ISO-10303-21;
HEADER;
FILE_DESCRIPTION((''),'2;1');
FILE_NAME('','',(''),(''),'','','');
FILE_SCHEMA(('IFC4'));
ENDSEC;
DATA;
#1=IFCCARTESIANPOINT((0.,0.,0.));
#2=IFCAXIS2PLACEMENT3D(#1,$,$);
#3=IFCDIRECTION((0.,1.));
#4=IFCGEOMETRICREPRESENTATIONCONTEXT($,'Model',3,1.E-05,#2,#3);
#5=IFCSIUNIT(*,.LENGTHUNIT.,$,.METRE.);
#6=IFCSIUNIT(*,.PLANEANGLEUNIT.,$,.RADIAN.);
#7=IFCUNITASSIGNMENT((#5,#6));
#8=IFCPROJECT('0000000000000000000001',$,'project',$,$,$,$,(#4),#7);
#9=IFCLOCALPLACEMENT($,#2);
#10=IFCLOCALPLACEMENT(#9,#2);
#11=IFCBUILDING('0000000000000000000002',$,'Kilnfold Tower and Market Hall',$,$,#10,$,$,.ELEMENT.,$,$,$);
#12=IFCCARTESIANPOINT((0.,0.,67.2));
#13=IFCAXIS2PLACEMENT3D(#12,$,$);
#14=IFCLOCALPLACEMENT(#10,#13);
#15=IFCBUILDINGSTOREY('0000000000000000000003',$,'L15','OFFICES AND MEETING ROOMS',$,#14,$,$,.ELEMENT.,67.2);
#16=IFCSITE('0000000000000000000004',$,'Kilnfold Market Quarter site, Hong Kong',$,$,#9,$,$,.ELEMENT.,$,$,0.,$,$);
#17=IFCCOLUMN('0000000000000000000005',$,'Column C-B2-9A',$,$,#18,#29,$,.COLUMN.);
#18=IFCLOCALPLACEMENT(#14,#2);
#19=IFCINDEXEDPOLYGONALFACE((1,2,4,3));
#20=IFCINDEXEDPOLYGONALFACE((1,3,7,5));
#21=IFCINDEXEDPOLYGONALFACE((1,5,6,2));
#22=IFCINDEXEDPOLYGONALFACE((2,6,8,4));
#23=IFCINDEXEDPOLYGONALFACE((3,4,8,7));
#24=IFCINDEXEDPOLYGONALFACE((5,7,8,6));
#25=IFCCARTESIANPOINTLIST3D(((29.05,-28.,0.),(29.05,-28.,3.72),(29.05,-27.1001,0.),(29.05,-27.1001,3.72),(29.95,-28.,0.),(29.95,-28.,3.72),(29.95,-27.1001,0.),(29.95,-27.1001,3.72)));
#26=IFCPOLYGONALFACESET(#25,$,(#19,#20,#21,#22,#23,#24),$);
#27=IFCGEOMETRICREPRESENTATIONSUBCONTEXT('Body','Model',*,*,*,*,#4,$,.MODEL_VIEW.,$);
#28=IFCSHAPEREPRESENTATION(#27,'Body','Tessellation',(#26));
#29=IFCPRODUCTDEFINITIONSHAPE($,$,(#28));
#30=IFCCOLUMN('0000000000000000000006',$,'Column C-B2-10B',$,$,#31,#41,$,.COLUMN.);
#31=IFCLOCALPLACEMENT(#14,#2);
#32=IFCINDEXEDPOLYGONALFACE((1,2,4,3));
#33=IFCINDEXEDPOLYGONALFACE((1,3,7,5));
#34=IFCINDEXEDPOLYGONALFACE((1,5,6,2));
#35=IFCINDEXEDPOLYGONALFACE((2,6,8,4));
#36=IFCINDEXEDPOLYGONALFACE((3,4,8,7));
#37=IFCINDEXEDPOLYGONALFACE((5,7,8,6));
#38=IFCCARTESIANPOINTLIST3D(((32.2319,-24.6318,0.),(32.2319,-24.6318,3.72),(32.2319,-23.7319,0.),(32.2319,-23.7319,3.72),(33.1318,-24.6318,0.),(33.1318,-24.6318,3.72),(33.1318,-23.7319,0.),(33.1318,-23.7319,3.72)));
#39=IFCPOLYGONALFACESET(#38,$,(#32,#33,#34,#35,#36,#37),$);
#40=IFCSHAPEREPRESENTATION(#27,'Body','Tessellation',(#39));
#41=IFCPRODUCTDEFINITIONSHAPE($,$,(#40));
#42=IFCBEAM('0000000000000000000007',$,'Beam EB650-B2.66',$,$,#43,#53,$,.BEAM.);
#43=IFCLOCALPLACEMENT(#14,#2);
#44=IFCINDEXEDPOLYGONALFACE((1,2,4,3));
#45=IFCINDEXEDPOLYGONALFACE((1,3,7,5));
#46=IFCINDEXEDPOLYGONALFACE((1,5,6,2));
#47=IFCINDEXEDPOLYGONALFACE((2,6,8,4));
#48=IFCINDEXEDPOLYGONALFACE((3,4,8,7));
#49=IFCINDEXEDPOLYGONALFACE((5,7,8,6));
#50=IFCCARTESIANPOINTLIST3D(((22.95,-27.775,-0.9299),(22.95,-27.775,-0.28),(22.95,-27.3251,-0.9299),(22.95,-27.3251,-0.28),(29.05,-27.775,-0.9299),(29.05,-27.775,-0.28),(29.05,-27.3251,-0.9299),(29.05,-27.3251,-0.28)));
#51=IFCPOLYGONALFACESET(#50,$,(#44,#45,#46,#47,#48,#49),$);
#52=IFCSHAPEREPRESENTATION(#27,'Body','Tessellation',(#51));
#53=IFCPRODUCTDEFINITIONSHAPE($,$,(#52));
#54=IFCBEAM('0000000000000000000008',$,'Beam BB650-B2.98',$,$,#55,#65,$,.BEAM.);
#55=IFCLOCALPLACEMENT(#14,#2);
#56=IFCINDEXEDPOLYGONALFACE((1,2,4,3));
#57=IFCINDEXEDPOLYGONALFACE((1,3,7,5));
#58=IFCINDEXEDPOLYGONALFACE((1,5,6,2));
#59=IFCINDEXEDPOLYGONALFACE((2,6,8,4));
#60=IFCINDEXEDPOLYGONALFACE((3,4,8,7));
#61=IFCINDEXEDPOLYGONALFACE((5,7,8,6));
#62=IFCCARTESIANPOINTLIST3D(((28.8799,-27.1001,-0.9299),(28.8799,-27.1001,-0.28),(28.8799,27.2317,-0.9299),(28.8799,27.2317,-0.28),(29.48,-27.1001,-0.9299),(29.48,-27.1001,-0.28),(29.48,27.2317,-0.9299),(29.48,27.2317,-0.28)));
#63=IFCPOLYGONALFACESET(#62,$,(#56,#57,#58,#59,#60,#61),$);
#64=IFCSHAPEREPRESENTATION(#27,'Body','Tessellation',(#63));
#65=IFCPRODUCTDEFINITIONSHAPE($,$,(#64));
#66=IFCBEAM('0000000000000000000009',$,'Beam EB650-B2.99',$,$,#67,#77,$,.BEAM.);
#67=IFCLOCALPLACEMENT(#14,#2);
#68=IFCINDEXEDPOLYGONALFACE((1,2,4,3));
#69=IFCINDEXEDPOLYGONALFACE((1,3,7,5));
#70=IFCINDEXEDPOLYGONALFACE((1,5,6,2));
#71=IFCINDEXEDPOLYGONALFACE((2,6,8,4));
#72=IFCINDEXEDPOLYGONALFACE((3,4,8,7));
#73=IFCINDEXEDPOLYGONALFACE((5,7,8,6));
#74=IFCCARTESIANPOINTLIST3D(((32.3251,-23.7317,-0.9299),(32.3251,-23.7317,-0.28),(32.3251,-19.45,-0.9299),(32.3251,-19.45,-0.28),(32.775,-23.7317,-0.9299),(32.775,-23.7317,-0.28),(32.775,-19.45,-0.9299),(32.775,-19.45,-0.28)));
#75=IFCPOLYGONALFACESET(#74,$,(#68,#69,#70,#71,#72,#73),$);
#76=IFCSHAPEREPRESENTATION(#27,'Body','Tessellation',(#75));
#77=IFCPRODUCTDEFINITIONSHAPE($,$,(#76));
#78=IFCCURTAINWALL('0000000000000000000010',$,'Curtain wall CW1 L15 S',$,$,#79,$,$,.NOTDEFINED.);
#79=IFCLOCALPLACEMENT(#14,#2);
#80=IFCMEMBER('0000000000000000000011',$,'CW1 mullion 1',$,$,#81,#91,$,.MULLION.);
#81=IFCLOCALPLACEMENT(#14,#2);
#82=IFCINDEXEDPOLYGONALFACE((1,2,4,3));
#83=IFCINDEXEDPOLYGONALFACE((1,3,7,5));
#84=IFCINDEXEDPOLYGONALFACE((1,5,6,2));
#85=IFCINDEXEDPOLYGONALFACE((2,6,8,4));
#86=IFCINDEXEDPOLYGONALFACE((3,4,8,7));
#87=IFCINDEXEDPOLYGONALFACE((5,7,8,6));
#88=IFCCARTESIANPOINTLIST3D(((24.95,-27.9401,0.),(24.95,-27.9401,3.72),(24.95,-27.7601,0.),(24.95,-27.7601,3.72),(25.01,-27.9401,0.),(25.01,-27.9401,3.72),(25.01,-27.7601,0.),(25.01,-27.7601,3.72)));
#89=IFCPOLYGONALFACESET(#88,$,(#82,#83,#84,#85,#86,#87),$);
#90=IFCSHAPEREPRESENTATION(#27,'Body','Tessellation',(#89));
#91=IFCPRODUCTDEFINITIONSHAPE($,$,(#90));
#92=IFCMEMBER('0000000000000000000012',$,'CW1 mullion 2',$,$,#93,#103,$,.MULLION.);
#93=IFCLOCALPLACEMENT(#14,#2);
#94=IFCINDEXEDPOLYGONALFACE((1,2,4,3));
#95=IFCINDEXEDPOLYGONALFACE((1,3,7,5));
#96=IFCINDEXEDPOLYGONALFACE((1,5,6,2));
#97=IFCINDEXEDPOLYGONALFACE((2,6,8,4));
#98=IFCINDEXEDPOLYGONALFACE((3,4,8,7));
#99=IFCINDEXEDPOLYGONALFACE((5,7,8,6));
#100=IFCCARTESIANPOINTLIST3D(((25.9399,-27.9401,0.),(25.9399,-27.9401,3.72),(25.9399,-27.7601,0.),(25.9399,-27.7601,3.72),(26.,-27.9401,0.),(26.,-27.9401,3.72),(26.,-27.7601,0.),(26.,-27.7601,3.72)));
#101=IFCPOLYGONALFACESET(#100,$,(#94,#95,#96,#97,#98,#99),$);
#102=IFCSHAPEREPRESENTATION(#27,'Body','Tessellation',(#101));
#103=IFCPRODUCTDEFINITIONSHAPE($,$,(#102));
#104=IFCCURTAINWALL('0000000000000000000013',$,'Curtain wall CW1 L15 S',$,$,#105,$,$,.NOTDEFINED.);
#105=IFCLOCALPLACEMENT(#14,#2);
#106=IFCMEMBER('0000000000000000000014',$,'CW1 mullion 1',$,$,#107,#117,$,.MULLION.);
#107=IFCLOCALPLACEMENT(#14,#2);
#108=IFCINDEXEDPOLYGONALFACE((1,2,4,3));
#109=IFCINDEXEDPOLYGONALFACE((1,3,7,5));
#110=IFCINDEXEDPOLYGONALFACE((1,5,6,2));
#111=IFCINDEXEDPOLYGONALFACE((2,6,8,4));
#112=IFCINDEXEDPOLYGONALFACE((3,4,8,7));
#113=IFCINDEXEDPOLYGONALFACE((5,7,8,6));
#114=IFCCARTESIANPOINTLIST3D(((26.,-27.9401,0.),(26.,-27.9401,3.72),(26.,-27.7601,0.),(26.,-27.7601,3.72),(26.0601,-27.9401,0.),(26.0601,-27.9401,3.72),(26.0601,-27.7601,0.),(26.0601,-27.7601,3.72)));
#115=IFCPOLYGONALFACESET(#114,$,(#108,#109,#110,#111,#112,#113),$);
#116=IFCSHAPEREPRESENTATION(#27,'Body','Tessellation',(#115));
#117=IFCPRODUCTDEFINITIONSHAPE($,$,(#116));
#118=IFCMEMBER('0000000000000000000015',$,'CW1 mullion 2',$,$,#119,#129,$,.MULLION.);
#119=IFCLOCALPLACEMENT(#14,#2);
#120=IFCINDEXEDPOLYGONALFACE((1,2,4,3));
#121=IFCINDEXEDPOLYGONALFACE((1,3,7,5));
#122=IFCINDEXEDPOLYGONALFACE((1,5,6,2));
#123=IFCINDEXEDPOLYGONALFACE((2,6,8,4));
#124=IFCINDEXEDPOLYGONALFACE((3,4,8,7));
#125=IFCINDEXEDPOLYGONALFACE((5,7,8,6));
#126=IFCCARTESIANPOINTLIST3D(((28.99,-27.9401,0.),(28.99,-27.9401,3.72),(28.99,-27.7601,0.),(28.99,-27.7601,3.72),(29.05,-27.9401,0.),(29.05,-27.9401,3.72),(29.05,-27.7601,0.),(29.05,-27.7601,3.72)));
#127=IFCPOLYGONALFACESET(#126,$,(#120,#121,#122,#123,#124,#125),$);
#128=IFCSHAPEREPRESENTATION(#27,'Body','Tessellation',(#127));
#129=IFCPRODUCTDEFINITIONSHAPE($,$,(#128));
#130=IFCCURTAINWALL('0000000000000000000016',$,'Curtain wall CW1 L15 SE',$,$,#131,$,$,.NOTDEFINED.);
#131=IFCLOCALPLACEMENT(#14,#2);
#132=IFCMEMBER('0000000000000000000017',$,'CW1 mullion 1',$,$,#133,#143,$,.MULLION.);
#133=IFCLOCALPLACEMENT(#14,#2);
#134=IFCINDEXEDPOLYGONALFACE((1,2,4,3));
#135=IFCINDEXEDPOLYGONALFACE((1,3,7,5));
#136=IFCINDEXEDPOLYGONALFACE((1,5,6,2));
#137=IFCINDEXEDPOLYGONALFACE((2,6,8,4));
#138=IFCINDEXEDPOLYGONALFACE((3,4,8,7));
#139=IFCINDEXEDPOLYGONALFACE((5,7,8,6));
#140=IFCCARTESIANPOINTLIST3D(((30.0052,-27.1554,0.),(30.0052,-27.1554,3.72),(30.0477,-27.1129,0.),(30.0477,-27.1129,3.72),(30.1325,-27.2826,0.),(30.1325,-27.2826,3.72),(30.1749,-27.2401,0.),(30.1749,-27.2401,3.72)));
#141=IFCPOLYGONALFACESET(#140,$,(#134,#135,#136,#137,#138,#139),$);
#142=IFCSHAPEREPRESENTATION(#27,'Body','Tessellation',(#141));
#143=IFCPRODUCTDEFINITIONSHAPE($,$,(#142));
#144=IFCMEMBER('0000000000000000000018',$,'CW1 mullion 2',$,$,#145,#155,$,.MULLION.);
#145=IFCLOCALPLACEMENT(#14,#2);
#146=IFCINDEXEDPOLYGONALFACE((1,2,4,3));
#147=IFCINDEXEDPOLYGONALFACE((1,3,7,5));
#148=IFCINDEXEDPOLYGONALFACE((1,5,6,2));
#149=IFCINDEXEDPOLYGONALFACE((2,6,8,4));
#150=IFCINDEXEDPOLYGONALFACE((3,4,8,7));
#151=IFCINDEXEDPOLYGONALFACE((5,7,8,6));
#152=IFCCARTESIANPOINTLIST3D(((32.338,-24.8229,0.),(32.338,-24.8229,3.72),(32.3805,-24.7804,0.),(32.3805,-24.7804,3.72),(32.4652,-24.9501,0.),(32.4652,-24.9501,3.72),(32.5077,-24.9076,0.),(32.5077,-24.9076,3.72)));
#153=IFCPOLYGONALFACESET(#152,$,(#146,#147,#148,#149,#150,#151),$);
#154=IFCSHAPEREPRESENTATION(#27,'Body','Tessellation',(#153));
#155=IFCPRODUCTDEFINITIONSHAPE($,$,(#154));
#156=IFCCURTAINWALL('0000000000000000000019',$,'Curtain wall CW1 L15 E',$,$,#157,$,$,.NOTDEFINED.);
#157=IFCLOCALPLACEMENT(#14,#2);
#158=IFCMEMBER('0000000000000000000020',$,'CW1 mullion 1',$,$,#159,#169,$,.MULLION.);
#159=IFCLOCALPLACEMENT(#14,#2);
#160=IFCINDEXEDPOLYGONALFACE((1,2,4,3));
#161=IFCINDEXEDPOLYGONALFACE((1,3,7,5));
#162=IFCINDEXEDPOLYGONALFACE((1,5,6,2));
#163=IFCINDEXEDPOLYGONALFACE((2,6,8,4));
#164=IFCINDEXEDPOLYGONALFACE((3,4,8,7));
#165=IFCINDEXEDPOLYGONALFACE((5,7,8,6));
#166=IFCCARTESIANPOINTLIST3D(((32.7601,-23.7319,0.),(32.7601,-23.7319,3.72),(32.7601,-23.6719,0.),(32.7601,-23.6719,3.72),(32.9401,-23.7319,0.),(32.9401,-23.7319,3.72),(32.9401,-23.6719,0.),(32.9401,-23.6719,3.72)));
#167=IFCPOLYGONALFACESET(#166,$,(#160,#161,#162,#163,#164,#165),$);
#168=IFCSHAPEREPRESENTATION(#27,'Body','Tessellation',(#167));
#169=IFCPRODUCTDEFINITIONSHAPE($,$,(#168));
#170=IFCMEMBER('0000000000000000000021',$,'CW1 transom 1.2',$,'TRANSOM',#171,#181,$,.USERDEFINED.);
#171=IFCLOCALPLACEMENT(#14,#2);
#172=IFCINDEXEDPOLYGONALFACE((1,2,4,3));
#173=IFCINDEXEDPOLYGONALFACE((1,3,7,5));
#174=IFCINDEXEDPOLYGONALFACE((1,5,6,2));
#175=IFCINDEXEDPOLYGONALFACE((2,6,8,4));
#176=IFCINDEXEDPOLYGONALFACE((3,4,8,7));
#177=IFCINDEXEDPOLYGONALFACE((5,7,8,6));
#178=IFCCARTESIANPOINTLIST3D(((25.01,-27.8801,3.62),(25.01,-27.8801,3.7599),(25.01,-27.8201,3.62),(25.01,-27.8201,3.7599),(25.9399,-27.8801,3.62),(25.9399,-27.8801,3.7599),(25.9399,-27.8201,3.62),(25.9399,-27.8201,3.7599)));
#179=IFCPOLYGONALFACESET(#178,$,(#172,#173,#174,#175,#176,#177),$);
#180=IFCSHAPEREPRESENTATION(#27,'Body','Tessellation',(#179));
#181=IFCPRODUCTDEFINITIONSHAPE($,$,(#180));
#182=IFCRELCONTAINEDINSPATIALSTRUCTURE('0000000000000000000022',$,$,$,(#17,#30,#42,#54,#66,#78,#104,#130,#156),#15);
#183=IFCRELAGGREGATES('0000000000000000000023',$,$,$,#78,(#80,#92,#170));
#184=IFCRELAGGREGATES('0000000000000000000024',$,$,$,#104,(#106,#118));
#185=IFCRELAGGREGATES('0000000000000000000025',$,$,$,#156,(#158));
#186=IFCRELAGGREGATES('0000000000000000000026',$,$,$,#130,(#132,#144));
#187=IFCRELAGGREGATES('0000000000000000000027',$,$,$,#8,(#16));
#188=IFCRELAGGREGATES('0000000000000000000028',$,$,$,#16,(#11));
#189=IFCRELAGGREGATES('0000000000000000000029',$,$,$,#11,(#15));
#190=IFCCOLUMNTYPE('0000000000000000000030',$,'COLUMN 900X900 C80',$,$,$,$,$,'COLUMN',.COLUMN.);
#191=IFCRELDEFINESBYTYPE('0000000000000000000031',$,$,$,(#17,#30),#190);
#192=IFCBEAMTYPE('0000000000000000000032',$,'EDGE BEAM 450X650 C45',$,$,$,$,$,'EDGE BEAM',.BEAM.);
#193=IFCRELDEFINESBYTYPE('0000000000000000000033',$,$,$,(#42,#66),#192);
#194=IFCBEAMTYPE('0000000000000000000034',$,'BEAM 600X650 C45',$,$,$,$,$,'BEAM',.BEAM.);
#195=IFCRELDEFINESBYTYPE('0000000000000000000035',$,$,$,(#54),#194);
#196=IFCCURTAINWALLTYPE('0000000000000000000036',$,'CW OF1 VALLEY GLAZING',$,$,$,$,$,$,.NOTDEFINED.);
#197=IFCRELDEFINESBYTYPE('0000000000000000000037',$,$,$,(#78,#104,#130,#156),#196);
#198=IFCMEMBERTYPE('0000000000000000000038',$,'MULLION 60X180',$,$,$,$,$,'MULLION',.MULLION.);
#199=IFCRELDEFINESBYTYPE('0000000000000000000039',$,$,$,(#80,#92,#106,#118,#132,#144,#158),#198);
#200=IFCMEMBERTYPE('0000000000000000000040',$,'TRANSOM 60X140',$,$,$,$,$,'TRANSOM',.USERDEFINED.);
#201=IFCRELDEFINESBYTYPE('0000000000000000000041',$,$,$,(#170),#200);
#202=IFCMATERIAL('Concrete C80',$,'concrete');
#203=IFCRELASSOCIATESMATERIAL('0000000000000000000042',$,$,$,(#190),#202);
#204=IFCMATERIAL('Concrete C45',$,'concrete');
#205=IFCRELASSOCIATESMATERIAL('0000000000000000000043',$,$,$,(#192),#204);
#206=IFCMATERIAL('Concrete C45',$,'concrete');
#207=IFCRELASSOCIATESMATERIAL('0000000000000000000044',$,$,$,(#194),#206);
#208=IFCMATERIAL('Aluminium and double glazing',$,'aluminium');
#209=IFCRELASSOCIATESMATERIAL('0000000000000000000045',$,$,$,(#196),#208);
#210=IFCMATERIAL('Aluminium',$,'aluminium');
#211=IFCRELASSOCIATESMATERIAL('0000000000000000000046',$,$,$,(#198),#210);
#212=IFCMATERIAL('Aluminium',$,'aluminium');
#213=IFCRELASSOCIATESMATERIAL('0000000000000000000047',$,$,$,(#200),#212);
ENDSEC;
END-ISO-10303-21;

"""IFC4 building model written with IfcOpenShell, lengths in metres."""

from ifc_helpers import new_model, si_unit, direction, frame, origin, origin_2d, place, context, subcontext, project, spatial, rectangle, extrude, source, transform, mapped, material, material_profile, profile_set, type_object, element, aggregate, save


model = new_model("IFC4")

# Units and contexts
model_context = context("Model", 3, precision=1e-05, world=origin(), true_north=direction((0.0, 1.0)))
body_context = subcontext(model_context, "Body", "Model", "MODEL_VIEW")
ifc_project = project(units=[si_unit("LENGTHUNIT", "METRE"), si_unit("PLANEANGLEUNIT", "RADIAN")], contexts=[model_context])

# Site, building, storey
site_placement = place(None, origin())
site = spatial("IfcSite", under=ifc_project, at=site_placement, Name="Kilnfold Market Quarter site, Hong Kong", CompositionType="ELEMENT", RefElevation=0.0)
building_placement = place(site_placement, origin())
building = spatial("IfcBuilding", under=site, at=building_placement, Name="Kilnfold Tower and Market Hall", CompositionType="ELEMENT")
storey_placement = place(building_placement, frame((0.0, 0.0, 67.2)))
storey = spatial("IfcBuildingStorey", under=building, at=storey_placement, Name="L15", Description="OFFICES AND MEETING ROOMS", CompositionType="ELEMENT", Elevation=67.2)

# Columns
ifc_material_1 = material(Name="Concrete C80", Category="concrete")
ifc_material_profile_1 = material_profile(ifc_material_1, rectangle(XDim=0.8999, YDim=0.8999, at=origin_2d()), Name="RC 900x900")
ifc_profile_set_1 = profile_set([ifc_material_profile_1], Name="Concrete C80")
column_type = type_object("IfcColumnType", Name="COLUMN 900X900 C80", ElementType="COLUMN", PredefinedType="COLUMN", material=ifc_profile_set_1)
shared_shape_1 = source(origin(), body_context, "Body", "SweptSolid", [
    extrude(rectangle(XDim=0.8999, YDim=0.8999, at=origin_2d()), origin(), (0.0, 0.0, 1.0), 3.72),
])
for number, where, z_axis, x_axis, name in (
    (1, (29.5, -27.55, 0.0), (0.0, 0.0, 1.0), (1.0, 0.0, 0.0), "Column C-B2-9A"),
    (2, (32.6819, -24.1819, 0.0), (0.0, 0.0, 1.0), (1.0, 0.0, 0.0), "Column C-B2-10B"),
):
    element("IfcColumn", number, at=place(storey_placement, frame(where, z_axis=z_axis, x_axis=x_axis)), inside=storey, type_object=column_type, Name=name, PredefinedType="COLUMN", context=body_context, shape_type="MappedRepresentation", body=[
        mapped(shared_shape_1, transform((0.0, 0.0, 0.0))),
    ])

# Beams
ifc_material_2 = material(Name="Concrete C45", Category="concrete")
ifc_material_profile_2 = material_profile(ifc_material_2, rectangle(XDim=0.45, YDim=0.6499, at=origin_2d()), Name="RC 450x650")
ifc_profile_set_2 = profile_set([ifc_material_profile_2], Name="Concrete C45")
beam_type_1 = type_object("IfcBeamType", Name="EDGE BEAM 450X650 C45", ElementType="EDGE BEAM", PredefinedType="BEAM", material=ifc_profile_set_2)
shared_shape_2 = source(origin(), body_context, "Body", "SweptSolid", [
    extrude(rectangle(XDim=0.45, YDim=0.6499, at=origin_2d()), origin(), (0.0, 0.0, 1.0), 6.1001),
])
beam_1_placement = place(storey_placement, frame((22.95, -27.55, -0.605), z_axis=(1.0, 0.0, 0.0), x_axis=(0.0, 1.0, 0.0)))
element("IfcBeam", 3, at=beam_1_placement, inside=storey, type_object=beam_type_1, Name="Beam EB650-B2.66", PredefinedType="BEAM", context=body_context, shape_type="MappedRepresentation", body=[
    mapped(shared_shape_2, transform((0.0, 0.0, 0.0))),
])
ifc_material_3 = material(Name="Concrete C45", Category="concrete")
ifc_material_profile_3 = material_profile(ifc_material_3, rectangle(XDim=0.6001, YDim=0.6499, at=origin_2d()), Name="RC 600x650")
ifc_profile_set_3 = profile_set([ifc_material_profile_3], Name="Concrete C45")
beam_type_2 = type_object("IfcBeamType", Name="BEAM 600X650 C45", ElementType="BEAM", PredefinedType="BEAM", material=ifc_profile_set_3)
shared_shape_3 = source(origin(), body_context, "Body", "SweptSolid", [
    extrude(rectangle(XDim=0.6001, YDim=0.6499, at=origin_2d()), origin(), (0.0, 0.0, 1.0), 54.3318),
])
beam_2_placement = place(storey_placement, frame((29.1799, -27.1001, -0.605), z_axis=(0.0, 1.0, 0.0), x_axis=(-1.0, 0.0, 0.0)))
element("IfcBeam", 4, at=beam_2_placement, inside=storey, type_object=beam_type_2, Name="Beam BB650-B2.98", PredefinedType="BEAM", context=body_context, shape_type="MappedRepresentation", body=[
    mapped(shared_shape_3, transform((0.0, 0.0, 0.0))),
])
shared_shape_4 = source(origin(), body_context, "Body", "SweptSolid", [
    extrude(rectangle(XDim=0.45, YDim=0.6499, at=origin_2d()), origin(), (0.0, 0.0, 1.0), 4.2817),
])
beam_3_placement = place(storey_placement, frame((32.55, -23.7317, -0.605), z_axis=(0.0, 1.0, 0.0), x_axis=(-1.0, 0.0, 0.0)))
element("IfcBeam", 5, at=beam_3_placement, inside=storey, type_object=beam_type_1, Name="Beam EB650-B2.99", PredefinedType="BEAM", context=body_context, shape_type="MappedRepresentation", body=[
    mapped(shared_shape_4, transform((0.0, 0.0, 0.0))),
])

# Curtain walls, members
ifc_material_4 = material(Name="Aluminium and double glazing", Category="aluminium")
curtain_wall_type = type_object("IfcCurtainWallType", Name="CW OF1 VALLEY GLAZING", PredefinedType="NOTDEFINED", material=ifc_material_4)
curtain_wall_1_placement = place(storey_placement, origin())
curtain_wall_1 = element("IfcCurtainWall", 6, at=curtain_wall_1_placement, inside=storey, type_object=curtain_wall_type, Name="Curtain wall CW1 L15 S", PredefinedType="NOTDEFINED")
ifc_material_5 = material(Name="Aluminium", Category="aluminium")
ifc_material_profile_4 = material_profile(ifc_material_5, rectangle(XDim=0.0601, YDim=0.1799, at=origin_2d()), Name="MULLION 60x180")
ifc_profile_set_4 = profile_set([ifc_material_profile_4], Name="Aluminium")
member_type_1 = type_object("IfcMemberType", Name="MULLION 60X180", ElementType="MULLION", PredefinedType="MULLION", material=ifc_profile_set_4)
shared_shape_5 = source(origin(), body_context, "Body", "SweptSolid", [
    extrude(rectangle(XDim=0.0601, YDim=0.1799, at=origin_2d()), origin(), (0.0, 0.0, 1.0), 3.72),
])
member_1_placement = place(storey_placement, frame((24.98, -27.8501, 0.0), z_axis=(0.0, 0.0, 1.0), x_axis=(1.0, 0.0, 0.0)))
member_1 = element("IfcMember", 7, at=member_1_placement, type_object=member_type_1, Name="CW1 mullion 1", PredefinedType="MULLION", context=body_context, shape_type="MappedRepresentation", body=[
    mapped(shared_shape_5, transform((0.0, 0.0, 0.0))),
])
member_2_placement = place(storey_placement, frame((25.97, -27.8501, 0.0), z_axis=(0.0, 0.0, 1.0), x_axis=(1.0, 0.0, 0.0)))
member_2 = element("IfcMember", 8, at=member_2_placement, type_object=member_type_1, Name="CW1 mullion 2", PredefinedType="MULLION", context=body_context, shape_type="MappedRepresentation", body=[
    mapped(shared_shape_5, transform((0.0, 0.0, 0.0))),
])
curtain_wall_2_placement = place(storey_placement, origin())
curtain_wall_2 = element("IfcCurtainWall", 9, at=curtain_wall_2_placement, inside=storey, type_object=curtain_wall_type, Name="Curtain wall CW1 L15 S", PredefinedType="NOTDEFINED")
member_3_placement = place(storey_placement, frame((26.03, -27.8501, 0.0), z_axis=(0.0, 0.0, 1.0), x_axis=(1.0, 0.0, 0.0)))
member_3 = element("IfcMember", 10, at=member_3_placement, type_object=member_type_1, Name="CW1 mullion 1", PredefinedType="MULLION", context=body_context, shape_type="MappedRepresentation", body=[
    mapped(shared_shape_5, transform((0.0, 0.0, 0.0))),
])
member_4_placement = place(storey_placement, frame((29.02, -27.8501, 0.0), z_axis=(0.0, 0.0, 1.0), x_axis=(1.0, 0.0, 0.0)))
member_4 = element("IfcMember", 11, at=member_4_placement, type_object=member_type_1, Name="CW1 mullion 2", PredefinedType="MULLION", context=body_context, shape_type="MappedRepresentation", body=[
    mapped(shared_shape_5, transform((0.0, 0.0, 0.0))),
])
curtain_wall_3_placement = place(storey_placement, origin())
curtain_wall_3 = element("IfcCurtainWall", 12, at=curtain_wall_3_placement, inside=storey, type_object=curtain_wall_type, Name="Curtain wall CW1 L15 SE", PredefinedType="NOTDEFINED")
member_5_placement = place(storey_placement, frame((30.0901, -27.1978, 0.0), z_axis=(0.0, 0.0, 1.0), x_axis=(0.707122, 0.707092, 0.0)))
member_5 = element("IfcMember", 13, at=member_5_placement, type_object=member_type_1, Name="CW1 mullion 1", PredefinedType="MULLION", context=body_context, shape_type="MappedRepresentation", body=[
    mapped(shared_shape_5, transform((0.0, 0.0, 0.0))),
])
member_6_placement = place(storey_placement, frame((32.4229, -24.8652, 0.0), z_axis=(0.0, 0.0, 1.0), x_axis=(0.707122, 0.707092, 0.0)))
member_6 = element("IfcMember", 14, at=member_6_placement, type_object=member_type_1, Name="CW1 mullion 2", PredefinedType="MULLION", context=body_context, shape_type="MappedRepresentation", body=[
    mapped(shared_shape_5, transform((0.0, 0.0, 0.0))),
])

# Curtain wall, member
curtain_wall_4_placement = place(storey_placement, origin())
curtain_wall_4 = element("IfcCurtainWall", 15, at=curtain_wall_4_placement, inside=storey, type_object=curtain_wall_type, Name="Curtain wall CW1 L15 E", PredefinedType="NOTDEFINED")
member_7_placement = place(storey_placement, frame((32.8501, -23.7019, 0.0), z_axis=(0.0, 0.0, 1.0), x_axis=(0.0, 1.0, 0.0)))
member_7 = element("IfcMember", 16, at=member_7_placement, type_object=member_type_1, Name="CW1 mullion 1", PredefinedType="MULLION", context=body_context, shape_type="MappedRepresentation", body=[
    mapped(shared_shape_5, transform((0.0, 0.0, 0.0))),
])

# Member
ifc_material_6 = material(Name="Aluminium", Category="aluminium")
ifc_material_profile_5 = material_profile(ifc_material_6, rectangle(XDim=0.0601, YDim=0.1399, at=origin_2d()), Name="TRANSOM 60x140")
ifc_profile_set_5 = profile_set([ifc_material_profile_5], Name="Aluminium")
member_type_2 = type_object("IfcMemberType", Name="TRANSOM 60X140", ElementType="TRANSOM", PredefinedType="USERDEFINED", material=ifc_profile_set_5)
shared_shape_6 = source(origin(), body_context, "Body", "SweptSolid", [
    extrude(rectangle(XDim=0.0601, YDim=0.1399, at=origin_2d()), origin(), (0.0, 0.0, 1.0), 0.9299),
])
member_8_placement = place(storey_placement, frame((25.01, -27.8501, 3.6899), z_axis=(1.0, 0.0, 0.0), x_axis=(0.0, 1.0, 0.0)))
member_8 = element("IfcMember", 17, at=member_8_placement, type_object=member_type_2, Name="CW1 transom 1.2", ObjectType="TRANSOM", PredefinedType="USERDEFINED", context=body_context, shape_type="MappedRepresentation", body=[
    mapped(shared_shape_6, transform((0.0, 0.0, 0.0))),
])

aggregate(curtain_wall_1, [member_1, member_2, member_8])
aggregate(curtain_wall_2, [member_3, member_4])
aggregate(curtain_wall_4, [member_7])
aggregate(curtain_wall_3, [member_5, member_6])

save(model, "model.ifc")
